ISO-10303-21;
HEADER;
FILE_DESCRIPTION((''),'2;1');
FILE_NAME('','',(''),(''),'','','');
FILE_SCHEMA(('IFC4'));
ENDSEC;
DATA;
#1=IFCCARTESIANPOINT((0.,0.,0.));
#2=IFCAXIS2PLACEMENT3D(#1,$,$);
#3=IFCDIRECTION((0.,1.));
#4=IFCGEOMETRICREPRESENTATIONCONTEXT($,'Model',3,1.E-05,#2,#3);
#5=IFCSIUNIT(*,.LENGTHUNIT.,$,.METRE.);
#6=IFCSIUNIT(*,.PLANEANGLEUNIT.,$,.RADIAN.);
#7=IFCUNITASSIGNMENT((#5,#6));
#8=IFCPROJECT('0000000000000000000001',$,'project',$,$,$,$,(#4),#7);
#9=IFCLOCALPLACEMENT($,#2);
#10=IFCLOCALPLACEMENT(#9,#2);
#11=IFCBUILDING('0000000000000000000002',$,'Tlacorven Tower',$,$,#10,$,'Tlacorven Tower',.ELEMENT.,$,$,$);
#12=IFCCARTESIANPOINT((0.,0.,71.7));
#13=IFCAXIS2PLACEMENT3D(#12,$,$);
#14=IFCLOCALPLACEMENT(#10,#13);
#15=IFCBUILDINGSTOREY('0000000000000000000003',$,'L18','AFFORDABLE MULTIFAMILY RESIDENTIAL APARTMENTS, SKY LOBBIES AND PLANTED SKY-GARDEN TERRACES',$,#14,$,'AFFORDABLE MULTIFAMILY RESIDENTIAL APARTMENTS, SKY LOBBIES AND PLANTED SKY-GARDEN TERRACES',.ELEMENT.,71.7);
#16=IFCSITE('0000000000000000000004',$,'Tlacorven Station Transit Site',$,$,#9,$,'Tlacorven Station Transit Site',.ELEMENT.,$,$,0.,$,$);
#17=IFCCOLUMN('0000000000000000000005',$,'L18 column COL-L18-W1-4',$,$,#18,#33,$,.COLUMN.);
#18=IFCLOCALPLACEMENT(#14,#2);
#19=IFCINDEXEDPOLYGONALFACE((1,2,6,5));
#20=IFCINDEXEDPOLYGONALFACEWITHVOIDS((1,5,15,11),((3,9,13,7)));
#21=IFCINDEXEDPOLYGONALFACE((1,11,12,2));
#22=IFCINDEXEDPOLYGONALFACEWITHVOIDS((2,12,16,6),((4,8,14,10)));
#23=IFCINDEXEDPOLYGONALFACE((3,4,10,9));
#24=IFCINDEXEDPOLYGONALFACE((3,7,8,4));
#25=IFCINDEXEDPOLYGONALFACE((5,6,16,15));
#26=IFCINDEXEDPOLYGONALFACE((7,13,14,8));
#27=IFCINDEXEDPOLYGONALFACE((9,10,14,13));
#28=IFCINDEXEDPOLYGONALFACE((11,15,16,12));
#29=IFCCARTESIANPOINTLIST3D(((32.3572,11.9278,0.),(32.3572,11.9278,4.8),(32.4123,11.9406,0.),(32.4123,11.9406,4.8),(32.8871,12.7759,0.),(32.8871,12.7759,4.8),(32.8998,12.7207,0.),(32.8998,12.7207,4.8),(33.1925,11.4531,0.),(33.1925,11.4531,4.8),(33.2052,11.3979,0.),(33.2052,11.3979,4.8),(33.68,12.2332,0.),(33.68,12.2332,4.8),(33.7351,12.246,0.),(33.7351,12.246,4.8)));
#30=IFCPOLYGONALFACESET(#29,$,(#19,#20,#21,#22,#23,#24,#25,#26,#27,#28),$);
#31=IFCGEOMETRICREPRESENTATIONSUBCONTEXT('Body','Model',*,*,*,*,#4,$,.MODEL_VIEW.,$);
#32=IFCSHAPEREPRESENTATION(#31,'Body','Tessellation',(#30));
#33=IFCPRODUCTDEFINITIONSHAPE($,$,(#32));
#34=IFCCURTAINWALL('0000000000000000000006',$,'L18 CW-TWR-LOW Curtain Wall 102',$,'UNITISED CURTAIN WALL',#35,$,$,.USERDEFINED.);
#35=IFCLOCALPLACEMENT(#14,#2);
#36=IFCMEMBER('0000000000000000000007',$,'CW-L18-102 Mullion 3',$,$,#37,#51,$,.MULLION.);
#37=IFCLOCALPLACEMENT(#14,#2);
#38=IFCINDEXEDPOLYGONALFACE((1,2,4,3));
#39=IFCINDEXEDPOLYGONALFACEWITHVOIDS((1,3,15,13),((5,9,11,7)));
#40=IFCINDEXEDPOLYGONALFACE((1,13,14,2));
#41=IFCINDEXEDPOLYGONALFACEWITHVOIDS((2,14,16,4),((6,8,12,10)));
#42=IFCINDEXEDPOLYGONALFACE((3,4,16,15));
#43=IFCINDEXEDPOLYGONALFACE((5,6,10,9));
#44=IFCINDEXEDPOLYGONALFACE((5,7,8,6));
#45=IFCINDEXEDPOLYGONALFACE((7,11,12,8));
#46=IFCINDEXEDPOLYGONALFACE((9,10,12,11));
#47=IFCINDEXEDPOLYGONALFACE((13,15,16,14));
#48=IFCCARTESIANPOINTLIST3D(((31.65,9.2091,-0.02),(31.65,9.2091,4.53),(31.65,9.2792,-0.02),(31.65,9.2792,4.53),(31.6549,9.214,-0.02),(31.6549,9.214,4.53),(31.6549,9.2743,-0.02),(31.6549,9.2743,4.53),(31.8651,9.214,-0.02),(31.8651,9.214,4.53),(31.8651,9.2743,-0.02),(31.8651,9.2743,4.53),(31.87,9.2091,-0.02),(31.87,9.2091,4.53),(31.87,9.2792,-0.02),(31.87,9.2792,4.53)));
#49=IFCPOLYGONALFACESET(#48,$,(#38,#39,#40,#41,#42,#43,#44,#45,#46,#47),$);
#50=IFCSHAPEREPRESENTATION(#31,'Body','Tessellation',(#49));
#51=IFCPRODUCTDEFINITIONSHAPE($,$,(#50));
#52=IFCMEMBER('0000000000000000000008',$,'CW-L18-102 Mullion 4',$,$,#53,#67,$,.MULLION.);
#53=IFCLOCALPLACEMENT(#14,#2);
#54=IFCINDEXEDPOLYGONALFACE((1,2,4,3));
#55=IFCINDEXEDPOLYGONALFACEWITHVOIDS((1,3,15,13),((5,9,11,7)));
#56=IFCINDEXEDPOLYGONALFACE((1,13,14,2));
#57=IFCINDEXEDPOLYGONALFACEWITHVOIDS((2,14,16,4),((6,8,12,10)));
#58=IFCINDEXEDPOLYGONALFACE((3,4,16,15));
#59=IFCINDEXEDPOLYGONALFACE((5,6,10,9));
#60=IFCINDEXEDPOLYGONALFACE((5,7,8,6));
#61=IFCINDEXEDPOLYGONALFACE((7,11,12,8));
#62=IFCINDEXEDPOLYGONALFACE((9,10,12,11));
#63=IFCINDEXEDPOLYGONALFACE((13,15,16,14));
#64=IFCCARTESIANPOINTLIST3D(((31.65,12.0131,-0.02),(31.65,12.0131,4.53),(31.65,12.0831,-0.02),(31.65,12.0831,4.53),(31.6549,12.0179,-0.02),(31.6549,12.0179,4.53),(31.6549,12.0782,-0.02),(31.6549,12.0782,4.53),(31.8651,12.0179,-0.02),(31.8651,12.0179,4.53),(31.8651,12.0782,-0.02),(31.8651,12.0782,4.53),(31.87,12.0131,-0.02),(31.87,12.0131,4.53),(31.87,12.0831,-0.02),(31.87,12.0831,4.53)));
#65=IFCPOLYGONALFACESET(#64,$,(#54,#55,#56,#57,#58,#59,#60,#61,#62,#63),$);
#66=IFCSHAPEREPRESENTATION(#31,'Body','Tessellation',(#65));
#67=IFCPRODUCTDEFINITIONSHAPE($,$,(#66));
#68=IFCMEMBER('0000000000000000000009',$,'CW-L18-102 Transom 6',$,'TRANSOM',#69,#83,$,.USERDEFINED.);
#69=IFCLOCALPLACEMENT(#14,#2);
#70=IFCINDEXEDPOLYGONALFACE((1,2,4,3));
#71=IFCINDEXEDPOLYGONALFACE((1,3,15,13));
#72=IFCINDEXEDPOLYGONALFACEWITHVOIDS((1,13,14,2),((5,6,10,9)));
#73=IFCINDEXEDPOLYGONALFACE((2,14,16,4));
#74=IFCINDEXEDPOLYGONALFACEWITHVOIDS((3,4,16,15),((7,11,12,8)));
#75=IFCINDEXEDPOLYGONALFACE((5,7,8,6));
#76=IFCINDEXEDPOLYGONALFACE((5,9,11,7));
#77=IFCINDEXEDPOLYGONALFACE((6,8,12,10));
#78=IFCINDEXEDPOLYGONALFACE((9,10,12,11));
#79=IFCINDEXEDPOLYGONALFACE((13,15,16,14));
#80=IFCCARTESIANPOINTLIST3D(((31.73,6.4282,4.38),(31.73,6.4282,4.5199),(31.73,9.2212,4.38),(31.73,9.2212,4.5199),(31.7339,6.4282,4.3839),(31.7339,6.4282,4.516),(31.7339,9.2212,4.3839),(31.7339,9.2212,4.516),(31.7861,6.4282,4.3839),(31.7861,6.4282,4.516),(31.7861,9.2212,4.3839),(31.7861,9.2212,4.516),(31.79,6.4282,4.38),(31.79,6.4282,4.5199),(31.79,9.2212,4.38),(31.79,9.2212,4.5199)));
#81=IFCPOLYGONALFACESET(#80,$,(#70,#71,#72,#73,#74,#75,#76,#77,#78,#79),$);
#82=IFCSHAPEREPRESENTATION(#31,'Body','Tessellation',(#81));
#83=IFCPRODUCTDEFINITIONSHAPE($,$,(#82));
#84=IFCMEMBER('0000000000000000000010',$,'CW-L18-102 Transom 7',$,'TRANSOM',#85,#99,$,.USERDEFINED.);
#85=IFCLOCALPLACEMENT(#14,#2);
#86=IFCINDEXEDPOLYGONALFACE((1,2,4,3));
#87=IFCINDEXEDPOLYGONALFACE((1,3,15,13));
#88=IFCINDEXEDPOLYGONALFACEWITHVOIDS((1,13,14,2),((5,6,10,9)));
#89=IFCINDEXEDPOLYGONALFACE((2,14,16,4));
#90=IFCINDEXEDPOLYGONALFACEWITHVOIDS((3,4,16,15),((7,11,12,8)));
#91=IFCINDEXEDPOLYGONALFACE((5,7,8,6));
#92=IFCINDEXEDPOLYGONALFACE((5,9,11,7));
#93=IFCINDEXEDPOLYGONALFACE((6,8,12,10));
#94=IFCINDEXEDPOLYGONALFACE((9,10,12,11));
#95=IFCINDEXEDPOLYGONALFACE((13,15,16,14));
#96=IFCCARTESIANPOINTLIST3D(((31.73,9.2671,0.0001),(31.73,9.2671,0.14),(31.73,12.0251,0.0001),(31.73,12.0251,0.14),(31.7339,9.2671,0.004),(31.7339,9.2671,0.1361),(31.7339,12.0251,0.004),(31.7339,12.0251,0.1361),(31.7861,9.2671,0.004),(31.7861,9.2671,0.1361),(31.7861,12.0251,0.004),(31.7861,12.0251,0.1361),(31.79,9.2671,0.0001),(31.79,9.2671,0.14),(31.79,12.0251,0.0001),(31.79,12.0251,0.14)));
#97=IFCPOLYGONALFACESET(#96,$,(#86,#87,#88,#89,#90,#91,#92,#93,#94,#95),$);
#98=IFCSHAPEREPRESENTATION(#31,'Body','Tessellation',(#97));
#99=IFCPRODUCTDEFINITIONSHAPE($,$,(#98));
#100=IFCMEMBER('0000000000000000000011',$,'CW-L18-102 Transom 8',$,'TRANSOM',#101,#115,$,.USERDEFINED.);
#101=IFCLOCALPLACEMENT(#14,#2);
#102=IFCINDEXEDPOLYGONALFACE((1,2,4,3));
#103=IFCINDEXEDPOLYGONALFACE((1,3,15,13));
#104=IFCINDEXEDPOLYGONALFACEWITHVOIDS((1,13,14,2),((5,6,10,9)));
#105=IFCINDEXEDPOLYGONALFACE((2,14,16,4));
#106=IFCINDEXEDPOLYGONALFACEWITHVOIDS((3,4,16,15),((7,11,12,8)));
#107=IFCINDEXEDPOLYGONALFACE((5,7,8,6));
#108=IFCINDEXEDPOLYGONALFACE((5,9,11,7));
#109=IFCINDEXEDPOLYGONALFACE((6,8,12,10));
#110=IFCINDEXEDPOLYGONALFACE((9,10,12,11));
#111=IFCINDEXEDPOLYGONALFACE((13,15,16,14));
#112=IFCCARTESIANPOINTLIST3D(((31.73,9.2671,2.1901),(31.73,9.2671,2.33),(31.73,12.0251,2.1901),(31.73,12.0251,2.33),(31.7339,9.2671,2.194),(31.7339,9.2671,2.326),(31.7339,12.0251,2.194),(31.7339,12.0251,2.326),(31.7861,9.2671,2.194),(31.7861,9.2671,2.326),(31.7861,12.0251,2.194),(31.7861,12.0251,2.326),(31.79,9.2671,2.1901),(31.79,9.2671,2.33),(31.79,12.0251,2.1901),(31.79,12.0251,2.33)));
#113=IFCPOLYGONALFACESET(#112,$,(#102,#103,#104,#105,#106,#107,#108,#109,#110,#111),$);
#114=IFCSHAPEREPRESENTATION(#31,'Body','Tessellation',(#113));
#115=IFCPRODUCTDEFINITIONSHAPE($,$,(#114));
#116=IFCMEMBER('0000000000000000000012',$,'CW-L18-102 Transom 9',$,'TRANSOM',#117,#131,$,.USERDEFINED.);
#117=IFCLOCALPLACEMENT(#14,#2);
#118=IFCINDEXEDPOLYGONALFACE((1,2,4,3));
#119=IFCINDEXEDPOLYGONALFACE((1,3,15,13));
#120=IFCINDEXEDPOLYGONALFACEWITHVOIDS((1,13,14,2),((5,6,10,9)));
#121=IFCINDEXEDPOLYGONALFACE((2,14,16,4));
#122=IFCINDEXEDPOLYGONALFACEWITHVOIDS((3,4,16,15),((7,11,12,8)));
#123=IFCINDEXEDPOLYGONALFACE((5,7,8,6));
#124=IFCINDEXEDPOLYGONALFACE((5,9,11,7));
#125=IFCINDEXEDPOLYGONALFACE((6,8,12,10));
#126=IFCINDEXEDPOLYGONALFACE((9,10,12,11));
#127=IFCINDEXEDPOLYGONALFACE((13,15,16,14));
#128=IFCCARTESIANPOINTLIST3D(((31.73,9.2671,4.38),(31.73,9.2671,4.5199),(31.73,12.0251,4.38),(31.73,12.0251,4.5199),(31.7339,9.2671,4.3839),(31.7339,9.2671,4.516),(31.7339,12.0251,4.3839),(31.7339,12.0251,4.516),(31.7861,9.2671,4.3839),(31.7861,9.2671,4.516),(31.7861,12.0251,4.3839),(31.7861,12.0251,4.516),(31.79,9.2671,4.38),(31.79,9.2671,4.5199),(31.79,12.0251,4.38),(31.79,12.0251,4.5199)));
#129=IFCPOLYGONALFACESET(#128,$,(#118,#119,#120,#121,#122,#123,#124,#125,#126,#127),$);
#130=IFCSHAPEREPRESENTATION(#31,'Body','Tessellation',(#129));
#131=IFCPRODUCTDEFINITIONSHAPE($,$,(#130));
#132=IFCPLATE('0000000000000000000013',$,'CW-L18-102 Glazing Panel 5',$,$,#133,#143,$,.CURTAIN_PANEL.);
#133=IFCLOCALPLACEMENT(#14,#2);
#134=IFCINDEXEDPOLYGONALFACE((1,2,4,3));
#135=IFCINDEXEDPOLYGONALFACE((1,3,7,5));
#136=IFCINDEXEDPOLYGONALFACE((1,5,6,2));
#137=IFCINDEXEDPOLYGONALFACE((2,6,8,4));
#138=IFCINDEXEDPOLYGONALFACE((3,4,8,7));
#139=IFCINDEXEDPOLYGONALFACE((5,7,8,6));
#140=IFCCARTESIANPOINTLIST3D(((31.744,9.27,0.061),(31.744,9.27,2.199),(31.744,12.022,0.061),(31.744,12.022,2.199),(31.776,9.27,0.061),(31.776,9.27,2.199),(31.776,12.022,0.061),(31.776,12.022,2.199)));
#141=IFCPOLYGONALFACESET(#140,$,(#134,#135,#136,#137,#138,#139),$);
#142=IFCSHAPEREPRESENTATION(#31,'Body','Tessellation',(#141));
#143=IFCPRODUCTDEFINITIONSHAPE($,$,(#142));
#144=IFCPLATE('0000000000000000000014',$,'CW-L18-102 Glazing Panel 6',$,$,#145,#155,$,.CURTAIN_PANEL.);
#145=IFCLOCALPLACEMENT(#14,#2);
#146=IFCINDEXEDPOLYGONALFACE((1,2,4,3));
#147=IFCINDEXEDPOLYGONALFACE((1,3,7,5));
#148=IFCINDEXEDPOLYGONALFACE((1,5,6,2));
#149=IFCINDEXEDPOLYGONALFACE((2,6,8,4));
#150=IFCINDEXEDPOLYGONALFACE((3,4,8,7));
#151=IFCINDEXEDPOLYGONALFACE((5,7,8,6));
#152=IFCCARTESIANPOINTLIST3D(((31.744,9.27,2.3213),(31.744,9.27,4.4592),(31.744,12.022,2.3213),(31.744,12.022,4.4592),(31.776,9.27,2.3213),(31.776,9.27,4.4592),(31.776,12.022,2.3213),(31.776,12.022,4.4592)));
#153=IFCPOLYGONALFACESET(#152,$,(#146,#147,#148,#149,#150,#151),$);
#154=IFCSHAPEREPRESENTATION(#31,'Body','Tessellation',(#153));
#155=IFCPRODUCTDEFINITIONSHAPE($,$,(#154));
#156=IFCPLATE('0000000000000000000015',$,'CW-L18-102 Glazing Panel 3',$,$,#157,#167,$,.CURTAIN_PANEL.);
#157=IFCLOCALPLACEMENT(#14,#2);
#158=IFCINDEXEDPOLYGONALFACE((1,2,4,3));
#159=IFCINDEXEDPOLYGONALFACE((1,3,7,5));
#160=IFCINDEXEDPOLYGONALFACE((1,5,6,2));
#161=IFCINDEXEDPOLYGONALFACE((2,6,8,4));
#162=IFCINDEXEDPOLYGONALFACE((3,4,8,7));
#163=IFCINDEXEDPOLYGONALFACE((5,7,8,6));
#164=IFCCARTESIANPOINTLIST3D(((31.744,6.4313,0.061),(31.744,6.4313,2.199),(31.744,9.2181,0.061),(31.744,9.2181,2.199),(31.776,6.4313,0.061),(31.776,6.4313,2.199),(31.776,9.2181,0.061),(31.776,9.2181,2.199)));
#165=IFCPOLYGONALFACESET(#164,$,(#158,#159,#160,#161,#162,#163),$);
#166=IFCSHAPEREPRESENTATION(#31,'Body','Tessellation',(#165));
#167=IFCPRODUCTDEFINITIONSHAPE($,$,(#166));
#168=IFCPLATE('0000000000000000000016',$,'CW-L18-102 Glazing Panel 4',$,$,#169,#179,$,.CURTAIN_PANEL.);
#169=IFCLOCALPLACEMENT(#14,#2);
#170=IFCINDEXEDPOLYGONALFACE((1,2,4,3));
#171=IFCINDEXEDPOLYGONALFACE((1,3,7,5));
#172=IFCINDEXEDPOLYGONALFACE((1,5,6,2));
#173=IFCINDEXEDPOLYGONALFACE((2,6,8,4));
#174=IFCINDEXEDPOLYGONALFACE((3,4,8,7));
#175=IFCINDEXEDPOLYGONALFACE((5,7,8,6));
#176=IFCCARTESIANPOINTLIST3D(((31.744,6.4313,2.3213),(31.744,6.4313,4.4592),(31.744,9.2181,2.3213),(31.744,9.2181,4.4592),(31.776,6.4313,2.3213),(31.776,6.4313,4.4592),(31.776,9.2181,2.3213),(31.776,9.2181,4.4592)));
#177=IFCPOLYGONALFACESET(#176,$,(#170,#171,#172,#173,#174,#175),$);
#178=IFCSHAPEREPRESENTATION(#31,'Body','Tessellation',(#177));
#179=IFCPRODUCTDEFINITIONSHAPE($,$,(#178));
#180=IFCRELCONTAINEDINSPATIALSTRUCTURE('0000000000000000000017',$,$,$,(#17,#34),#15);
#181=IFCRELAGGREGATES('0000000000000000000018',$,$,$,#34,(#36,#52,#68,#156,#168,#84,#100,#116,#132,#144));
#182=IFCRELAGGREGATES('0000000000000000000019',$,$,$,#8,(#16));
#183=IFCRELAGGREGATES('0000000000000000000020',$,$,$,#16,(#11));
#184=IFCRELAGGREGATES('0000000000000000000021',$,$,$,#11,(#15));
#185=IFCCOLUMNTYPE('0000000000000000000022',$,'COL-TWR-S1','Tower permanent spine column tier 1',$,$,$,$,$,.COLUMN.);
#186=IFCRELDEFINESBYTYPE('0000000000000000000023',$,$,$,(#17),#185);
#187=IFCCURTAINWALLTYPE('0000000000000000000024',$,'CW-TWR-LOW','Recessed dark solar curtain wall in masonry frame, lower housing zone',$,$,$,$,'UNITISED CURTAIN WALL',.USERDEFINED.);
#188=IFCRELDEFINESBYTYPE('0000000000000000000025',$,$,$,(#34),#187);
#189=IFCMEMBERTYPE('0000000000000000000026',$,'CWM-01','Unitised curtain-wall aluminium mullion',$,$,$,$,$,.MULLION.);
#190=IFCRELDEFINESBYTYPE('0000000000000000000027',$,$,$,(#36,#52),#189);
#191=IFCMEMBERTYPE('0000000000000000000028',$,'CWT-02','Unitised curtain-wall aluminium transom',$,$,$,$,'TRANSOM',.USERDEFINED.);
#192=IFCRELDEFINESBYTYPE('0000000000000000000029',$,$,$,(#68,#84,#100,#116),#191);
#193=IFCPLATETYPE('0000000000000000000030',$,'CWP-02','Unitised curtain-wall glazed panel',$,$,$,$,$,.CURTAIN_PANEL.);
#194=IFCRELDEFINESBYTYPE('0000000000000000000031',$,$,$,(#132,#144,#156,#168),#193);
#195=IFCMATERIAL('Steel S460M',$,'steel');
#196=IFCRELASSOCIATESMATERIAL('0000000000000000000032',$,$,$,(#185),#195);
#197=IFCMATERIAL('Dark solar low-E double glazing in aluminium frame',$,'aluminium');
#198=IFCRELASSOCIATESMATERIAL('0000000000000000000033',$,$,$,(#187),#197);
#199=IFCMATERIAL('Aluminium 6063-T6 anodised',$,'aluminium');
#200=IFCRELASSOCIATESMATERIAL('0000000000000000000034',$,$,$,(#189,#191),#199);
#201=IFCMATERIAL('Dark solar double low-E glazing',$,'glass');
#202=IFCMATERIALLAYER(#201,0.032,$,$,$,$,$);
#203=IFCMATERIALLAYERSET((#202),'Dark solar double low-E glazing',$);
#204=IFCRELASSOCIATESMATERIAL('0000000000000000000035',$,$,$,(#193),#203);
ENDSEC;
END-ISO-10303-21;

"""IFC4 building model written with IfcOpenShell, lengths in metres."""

from ifc_helpers import new_model, si_unit, direction, frame, origin, origin_2d, place, context, subcontext, project, spatial, rectangle, hollow_rectangle, extrude, source, transform, mapped, material, layer, layer_set, material_profile, profile_set, type_object, element, aggregate, save


model = new_model("IFC4")

# Units and contexts
model_context = context("Model", 3, precision=1e-05, world=origin(), true_north=direction((0.0, 1.0)))
body_context = subcontext(model_context, "Body", "Model", "MODEL_VIEW")
ifc_project = project(units=[si_unit("LENGTHUNIT", "METRE"), si_unit("PLANEANGLEUNIT", "RADIAN")], contexts=[model_context])

# Site, building, storey
site_placement = place(None, origin())
site = spatial("IfcSite", under=ifc_project, at=site_placement, Name="Tlacorven Station Transit Site", LongName="Tlacorven Station Transit Site", CompositionType="ELEMENT", RefElevation=0.0)
building_placement = place(site_placement, origin())
building = spatial("IfcBuilding", under=site, at=building_placement, Name="Tlacorven Tower", LongName="Tlacorven Tower", CompositionType="ELEMENT")
storey_placement = place(building_placement, frame((0.0, 0.0, 71.7)))
storey = spatial("IfcBuildingStorey", under=building, at=storey_placement, Name="L18", Description="AFFORDABLE MULTIFAMILY RESIDENTIAL APARTMENTS, SKY LOBBIES AND PLANTED SKY-GARDEN TERRACES", LongName="AFFORDABLE MULTIFAMILY RESIDENTIAL APARTMENTS, SKY LOBBIES AND PLANTED SKY-GARDEN TERRACES", CompositionType="ELEMENT", Elevation=71.7)

# Column
ifc_material_1 = material(Name="Steel S460M", Category="steel")
ifc_material_profile_1 = material_profile(ifc_material_1, hollow_rectangle(XDim=1.0, YDim=1.0, WallThickness=0.04, at=origin_2d()), Name="BOX 1000X1000X40")
ifc_profile_set_1 = profile_set([ifc_material_profile_1], Name="Steel S460M")
column_type = type_object("IfcColumnType", Name="COL-TWR-S1", Description="Tower permanent spine column tier 1", PredefinedType="COLUMN", material=ifc_profile_set_1)
shared_shape_1 = source(origin(), body_context, "Body", "SweptSolid", [
    extrude(hollow_rectangle(XDim=1.0, YDim=1.0, WallThickness=0.04, at=origin_2d()), origin(), (0.0, 0.0, 1.0), 4.8),
])
column_placement = place(storey_placement, frame((33.0461, 12.0869, 0.0), z_axis=(0.0, 0.0, 1.0), x_axis=(-0.848048, 0.529919, 0.0)))
element("IfcColumn", 1, at=column_placement, inside=storey, type_object=column_type, Name="L18 column COL-L18-W1-4", PredefinedType="COLUMN", context=body_context, shape_type="MappedRepresentation", body=[
    mapped(shared_shape_1, transform((0.0, 0.0, 0.0), scale=1.0)),
])

# Curtain wall, members, plates
ifc_material_2 = material(Name="Dark solar low-E double glazing in aluminium frame", Category="aluminium")
curtain_wall_type = type_object("IfcCurtainWallType", Name="CW-TWR-LOW", Description="Recessed dark solar curtain wall in masonry frame, lower housing zone", ElementType="UNITISED CURTAIN WALL", PredefinedType="USERDEFINED", material=ifc_material_2)
curtain_wall_placement = place(storey_placement, origin())
curtain_wall = element("IfcCurtainWall", 2, at=curtain_wall_placement, inside=storey, type_object=curtain_wall_type, Name="L18 CW-TWR-LOW Curtain Wall 102", ObjectType="UNITISED CURTAIN WALL", PredefinedType="USERDEFINED")
ifc_material_3 = material(Name="Aluminium 6063-T6 anodised", Category="aluminium")
ifc_material_profile_2 = material_profile(ifc_material_3, hollow_rectangle(XDim=0.0701, YDim=0.22, WallThickness=0.0049, at=origin_2d()), Name="ALU MULLION 70X220")
ifc_profile_set_2 = profile_set([ifc_material_profile_2], Name="Aluminium 6063-T6 anodised")
member_type_1 = type_object("IfcMemberType", Name="CWM-01", Description="Unitised curtain-wall aluminium mullion", PredefinedType="MULLION", material=ifc_profile_set_2)
shared_shape_2 = source(origin(), body_context, "Body", "SweptSolid", [
    extrude(hollow_rectangle(XDim=0.0701, YDim=0.22, WallThickness=0.0049, at=origin_2d()), origin(), (0.0, 0.0, 1.0), 4.55),
])
member_1_placement = place(storey_placement, frame((31.76, 9.2441, -0.02), z_axis=(0.0, 0.0, 1.0), x_axis=(0.0, 1.0, 0.0)))
member_1 = element("IfcMember", 3, at=member_1_placement, type_object=member_type_1, Name="CW-L18-102 Mullion 3", PredefinedType="MULLION", context=body_context, shape_type="MappedRepresentation", body=[
    mapped(shared_shape_2, transform((0.0, 0.0, 0.0), scale=1.0)),
])
member_2_placement = place(storey_placement, frame((31.76, 12.0481, -0.02), z_axis=(0.0, 0.0, 1.0), x_axis=(0.0, 1.0, 0.0)))
member_2 = element("IfcMember", 4, at=member_2_placement, type_object=member_type_1, Name="CW-L18-102 Mullion 4", PredefinedType="MULLION", context=body_context, shape_type="MappedRepresentation", body=[
    mapped(shared_shape_2, transform((0.0, 0.0, 0.0), scale=1.0)),
])
ifc_material_profile_3 = material_profile(ifc_material_3, hollow_rectangle(XDim=0.0601, YDim=0.1399, WallThickness=0.0039, at=origin_2d()), Name="ALU TRANSOM 60X140")
ifc_profile_set_3 = profile_set([ifc_material_profile_3], Name="Aluminium 6063-T6 anodised")
member_type_2 = type_object("IfcMemberType", Name="CWT-02", Description="Unitised curtain-wall aluminium transom", ElementType="TRANSOM", PredefinedType="USERDEFINED", material=ifc_profile_set_3)
shared_shape_3 = source(origin(), body_context, "Body", "SweptSolid", [
    extrude(hollow_rectangle(XDim=0.0601, YDim=0.1399, WallThickness=0.0039, at=origin_2d()), origin(), (0.0, 0.0, 1.0), 2.793),
])
member_3_placement = place(storey_placement, frame((31.76, 6.4282, 4.45), z_axis=(0.0, 1.0, 0.0), x_axis=(-1.0, 0.0, 0.0)))
member_3 = element("IfcMember", 5, at=member_3_placement, type_object=member_type_2, Name="CW-L18-102 Transom 6", ObjectType="TRANSOM", PredefinedType="USERDEFINED", context=body_context, shape_type="MappedRepresentation", body=[
    mapped(shared_shape_3, transform((0.0, 0.0, 0.0), scale=1.0)),
])
shared_shape_4 = source(origin(), body_context, "Body", "SweptSolid", [
    extrude(hollow_rectangle(XDim=0.0601, YDim=0.1399, WallThickness=0.0039, at=origin_2d()), origin(), (0.0, 0.0, 1.0), 2.7581),
])
member_4_placement = place(storey_placement, frame((31.76, 9.2671, 0.0701), z_axis=(0.0, 1.0, 0.0), x_axis=(-1.0, 0.0, 0.0)))
member_4 = element("IfcMember", 6, at=member_4_placement, type_object=member_type_2, Name="CW-L18-102 Transom 7", ObjectType="TRANSOM", PredefinedType="USERDEFINED", context=body_context, shape_type="MappedRepresentation", body=[
    mapped(shared_shape_4, transform((0.0, 0.0, 0.0), scale=1.0)),
])
member_5_placement = place(storey_placement, frame((31.76, 9.2671, 2.26), z_axis=(0.0, 1.0, 0.0), x_axis=(-1.0, 0.0, 0.0)))
member_5 = element("IfcMember", 7, at=member_5_placement, type_object=member_type_2, Name="CW-L18-102 Transom 8", ObjectType="TRANSOM", PredefinedType="USERDEFINED", context=body_context, shape_type="MappedRepresentation", body=[
    mapped(shared_shape_4, transform((0.0, 0.0, 0.0), scale=1.0)),
])
member_6_placement = place(storey_placement, frame((31.76, 9.2671, 4.45), z_axis=(0.0, 1.0, 0.0), x_axis=(-1.0, 0.0, 0.0)))
member_6 = element("IfcMember", 8, at=member_6_placement, type_object=member_type_2, Name="CW-L18-102 Transom 9", ObjectType="TRANSOM", PredefinedType="USERDEFINED", context=body_context, shape_type="MappedRepresentation", body=[
    mapped(shared_shape_4, transform((0.0, 0.0, 0.0), scale=1.0)),
])
ifc_material_4 = material(Name="Dark solar double low-E glazing", Category="glass")
ifc_layer = layer(ifc_material_4, 0.032)
ifc_layer_set = layer_set([ifc_layer], Name="Dark solar double low-E glazing")
plate_type = type_object("IfcPlateType", Name="CWP-02", Description="Unitised curtain-wall glazed panel", PredefinedType="CURTAIN_PANEL", material=ifc_layer_set)
shared_shape_5 = source(origin(), body_context, "Body", "SweptSolid", [
    extrude(rectangle(XDim=2.752, YDim=0.032, at=origin_2d()), origin(), (0.0, 0.0, 1.0), 2.1379),
])
plate_1_placement = place(storey_placement, frame((31.76, 10.646, 0.061), z_axis=(0.0, 0.0, 1.0), x_axis=(0.0, 1.0, 0.0)))
plate_1 = element("IfcPlate", 9, at=plate_1_placement, type_object=plate_type, Name="CW-L18-102 Glazing Panel 5", PredefinedType="CURTAIN_PANEL", context=body_context, shape_type="MappedRepresentation", body=[
    mapped(shared_shape_5, transform((0.0, 0.0, 0.0), scale=1.0)),
])
plate_2_placement = place(storey_placement, frame((31.76, 10.646, 2.3213), z_axis=(0.0, 0.0, 1.0), x_axis=(0.0, 1.0, 0.0)))
plate_2 = element("IfcPlate", 10, at=plate_2_placement, type_object=plate_type, Name="CW-L18-102 Glazing Panel 6", PredefinedType="CURTAIN_PANEL", context=body_context, shape_type="MappedRepresentation", body=[
    mapped(shared_shape_5, transform((0.0, 0.0, 0.0), scale=1.0)),
])
shared_shape_6 = source(origin(), body_context, "Body", "SweptSolid", [
    extrude(rectangle(XDim=2.7869, YDim=0.032, at=origin_2d()), origin(), (0.0, 0.0, 1.0), 2.1379),
])
plate_3_placement = place(storey_placement, frame((31.76, 7.8247, 0.061), z_axis=(0.0, 0.0, 1.0), x_axis=(0.0, 1.0, 0.0)))
plate_3 = element("IfcPlate", 11, at=plate_3_placement, type_object=plate_type, Name="CW-L18-102 Glazing Panel 3", PredefinedType="CURTAIN_PANEL", context=body_context, shape_type="MappedRepresentation", body=[
    mapped(shared_shape_6, transform((0.0, 0.0, 0.0), scale=1.0)),
])
plate_4_placement = place(storey_placement, frame((31.76, 7.8247, 2.3213), z_axis=(0.0, 0.0, 1.0), x_axis=(0.0, 1.0, 0.0)))
plate_4 = element("IfcPlate", 12, at=plate_4_placement, type_object=plate_type, Name="CW-L18-102 Glazing Panel 4", PredefinedType="CURTAIN_PANEL", context=body_context, shape_type="MappedRepresentation", body=[
    mapped(shared_shape_6, transform((0.0, 0.0, 0.0), scale=1.0)),
])
aggregate(curtain_wall, [member_1, member_2, member_3, plate_3, plate_4, member_4, member_5, member_6, plate_1, plate_2])

save(model, "model.ifc")
